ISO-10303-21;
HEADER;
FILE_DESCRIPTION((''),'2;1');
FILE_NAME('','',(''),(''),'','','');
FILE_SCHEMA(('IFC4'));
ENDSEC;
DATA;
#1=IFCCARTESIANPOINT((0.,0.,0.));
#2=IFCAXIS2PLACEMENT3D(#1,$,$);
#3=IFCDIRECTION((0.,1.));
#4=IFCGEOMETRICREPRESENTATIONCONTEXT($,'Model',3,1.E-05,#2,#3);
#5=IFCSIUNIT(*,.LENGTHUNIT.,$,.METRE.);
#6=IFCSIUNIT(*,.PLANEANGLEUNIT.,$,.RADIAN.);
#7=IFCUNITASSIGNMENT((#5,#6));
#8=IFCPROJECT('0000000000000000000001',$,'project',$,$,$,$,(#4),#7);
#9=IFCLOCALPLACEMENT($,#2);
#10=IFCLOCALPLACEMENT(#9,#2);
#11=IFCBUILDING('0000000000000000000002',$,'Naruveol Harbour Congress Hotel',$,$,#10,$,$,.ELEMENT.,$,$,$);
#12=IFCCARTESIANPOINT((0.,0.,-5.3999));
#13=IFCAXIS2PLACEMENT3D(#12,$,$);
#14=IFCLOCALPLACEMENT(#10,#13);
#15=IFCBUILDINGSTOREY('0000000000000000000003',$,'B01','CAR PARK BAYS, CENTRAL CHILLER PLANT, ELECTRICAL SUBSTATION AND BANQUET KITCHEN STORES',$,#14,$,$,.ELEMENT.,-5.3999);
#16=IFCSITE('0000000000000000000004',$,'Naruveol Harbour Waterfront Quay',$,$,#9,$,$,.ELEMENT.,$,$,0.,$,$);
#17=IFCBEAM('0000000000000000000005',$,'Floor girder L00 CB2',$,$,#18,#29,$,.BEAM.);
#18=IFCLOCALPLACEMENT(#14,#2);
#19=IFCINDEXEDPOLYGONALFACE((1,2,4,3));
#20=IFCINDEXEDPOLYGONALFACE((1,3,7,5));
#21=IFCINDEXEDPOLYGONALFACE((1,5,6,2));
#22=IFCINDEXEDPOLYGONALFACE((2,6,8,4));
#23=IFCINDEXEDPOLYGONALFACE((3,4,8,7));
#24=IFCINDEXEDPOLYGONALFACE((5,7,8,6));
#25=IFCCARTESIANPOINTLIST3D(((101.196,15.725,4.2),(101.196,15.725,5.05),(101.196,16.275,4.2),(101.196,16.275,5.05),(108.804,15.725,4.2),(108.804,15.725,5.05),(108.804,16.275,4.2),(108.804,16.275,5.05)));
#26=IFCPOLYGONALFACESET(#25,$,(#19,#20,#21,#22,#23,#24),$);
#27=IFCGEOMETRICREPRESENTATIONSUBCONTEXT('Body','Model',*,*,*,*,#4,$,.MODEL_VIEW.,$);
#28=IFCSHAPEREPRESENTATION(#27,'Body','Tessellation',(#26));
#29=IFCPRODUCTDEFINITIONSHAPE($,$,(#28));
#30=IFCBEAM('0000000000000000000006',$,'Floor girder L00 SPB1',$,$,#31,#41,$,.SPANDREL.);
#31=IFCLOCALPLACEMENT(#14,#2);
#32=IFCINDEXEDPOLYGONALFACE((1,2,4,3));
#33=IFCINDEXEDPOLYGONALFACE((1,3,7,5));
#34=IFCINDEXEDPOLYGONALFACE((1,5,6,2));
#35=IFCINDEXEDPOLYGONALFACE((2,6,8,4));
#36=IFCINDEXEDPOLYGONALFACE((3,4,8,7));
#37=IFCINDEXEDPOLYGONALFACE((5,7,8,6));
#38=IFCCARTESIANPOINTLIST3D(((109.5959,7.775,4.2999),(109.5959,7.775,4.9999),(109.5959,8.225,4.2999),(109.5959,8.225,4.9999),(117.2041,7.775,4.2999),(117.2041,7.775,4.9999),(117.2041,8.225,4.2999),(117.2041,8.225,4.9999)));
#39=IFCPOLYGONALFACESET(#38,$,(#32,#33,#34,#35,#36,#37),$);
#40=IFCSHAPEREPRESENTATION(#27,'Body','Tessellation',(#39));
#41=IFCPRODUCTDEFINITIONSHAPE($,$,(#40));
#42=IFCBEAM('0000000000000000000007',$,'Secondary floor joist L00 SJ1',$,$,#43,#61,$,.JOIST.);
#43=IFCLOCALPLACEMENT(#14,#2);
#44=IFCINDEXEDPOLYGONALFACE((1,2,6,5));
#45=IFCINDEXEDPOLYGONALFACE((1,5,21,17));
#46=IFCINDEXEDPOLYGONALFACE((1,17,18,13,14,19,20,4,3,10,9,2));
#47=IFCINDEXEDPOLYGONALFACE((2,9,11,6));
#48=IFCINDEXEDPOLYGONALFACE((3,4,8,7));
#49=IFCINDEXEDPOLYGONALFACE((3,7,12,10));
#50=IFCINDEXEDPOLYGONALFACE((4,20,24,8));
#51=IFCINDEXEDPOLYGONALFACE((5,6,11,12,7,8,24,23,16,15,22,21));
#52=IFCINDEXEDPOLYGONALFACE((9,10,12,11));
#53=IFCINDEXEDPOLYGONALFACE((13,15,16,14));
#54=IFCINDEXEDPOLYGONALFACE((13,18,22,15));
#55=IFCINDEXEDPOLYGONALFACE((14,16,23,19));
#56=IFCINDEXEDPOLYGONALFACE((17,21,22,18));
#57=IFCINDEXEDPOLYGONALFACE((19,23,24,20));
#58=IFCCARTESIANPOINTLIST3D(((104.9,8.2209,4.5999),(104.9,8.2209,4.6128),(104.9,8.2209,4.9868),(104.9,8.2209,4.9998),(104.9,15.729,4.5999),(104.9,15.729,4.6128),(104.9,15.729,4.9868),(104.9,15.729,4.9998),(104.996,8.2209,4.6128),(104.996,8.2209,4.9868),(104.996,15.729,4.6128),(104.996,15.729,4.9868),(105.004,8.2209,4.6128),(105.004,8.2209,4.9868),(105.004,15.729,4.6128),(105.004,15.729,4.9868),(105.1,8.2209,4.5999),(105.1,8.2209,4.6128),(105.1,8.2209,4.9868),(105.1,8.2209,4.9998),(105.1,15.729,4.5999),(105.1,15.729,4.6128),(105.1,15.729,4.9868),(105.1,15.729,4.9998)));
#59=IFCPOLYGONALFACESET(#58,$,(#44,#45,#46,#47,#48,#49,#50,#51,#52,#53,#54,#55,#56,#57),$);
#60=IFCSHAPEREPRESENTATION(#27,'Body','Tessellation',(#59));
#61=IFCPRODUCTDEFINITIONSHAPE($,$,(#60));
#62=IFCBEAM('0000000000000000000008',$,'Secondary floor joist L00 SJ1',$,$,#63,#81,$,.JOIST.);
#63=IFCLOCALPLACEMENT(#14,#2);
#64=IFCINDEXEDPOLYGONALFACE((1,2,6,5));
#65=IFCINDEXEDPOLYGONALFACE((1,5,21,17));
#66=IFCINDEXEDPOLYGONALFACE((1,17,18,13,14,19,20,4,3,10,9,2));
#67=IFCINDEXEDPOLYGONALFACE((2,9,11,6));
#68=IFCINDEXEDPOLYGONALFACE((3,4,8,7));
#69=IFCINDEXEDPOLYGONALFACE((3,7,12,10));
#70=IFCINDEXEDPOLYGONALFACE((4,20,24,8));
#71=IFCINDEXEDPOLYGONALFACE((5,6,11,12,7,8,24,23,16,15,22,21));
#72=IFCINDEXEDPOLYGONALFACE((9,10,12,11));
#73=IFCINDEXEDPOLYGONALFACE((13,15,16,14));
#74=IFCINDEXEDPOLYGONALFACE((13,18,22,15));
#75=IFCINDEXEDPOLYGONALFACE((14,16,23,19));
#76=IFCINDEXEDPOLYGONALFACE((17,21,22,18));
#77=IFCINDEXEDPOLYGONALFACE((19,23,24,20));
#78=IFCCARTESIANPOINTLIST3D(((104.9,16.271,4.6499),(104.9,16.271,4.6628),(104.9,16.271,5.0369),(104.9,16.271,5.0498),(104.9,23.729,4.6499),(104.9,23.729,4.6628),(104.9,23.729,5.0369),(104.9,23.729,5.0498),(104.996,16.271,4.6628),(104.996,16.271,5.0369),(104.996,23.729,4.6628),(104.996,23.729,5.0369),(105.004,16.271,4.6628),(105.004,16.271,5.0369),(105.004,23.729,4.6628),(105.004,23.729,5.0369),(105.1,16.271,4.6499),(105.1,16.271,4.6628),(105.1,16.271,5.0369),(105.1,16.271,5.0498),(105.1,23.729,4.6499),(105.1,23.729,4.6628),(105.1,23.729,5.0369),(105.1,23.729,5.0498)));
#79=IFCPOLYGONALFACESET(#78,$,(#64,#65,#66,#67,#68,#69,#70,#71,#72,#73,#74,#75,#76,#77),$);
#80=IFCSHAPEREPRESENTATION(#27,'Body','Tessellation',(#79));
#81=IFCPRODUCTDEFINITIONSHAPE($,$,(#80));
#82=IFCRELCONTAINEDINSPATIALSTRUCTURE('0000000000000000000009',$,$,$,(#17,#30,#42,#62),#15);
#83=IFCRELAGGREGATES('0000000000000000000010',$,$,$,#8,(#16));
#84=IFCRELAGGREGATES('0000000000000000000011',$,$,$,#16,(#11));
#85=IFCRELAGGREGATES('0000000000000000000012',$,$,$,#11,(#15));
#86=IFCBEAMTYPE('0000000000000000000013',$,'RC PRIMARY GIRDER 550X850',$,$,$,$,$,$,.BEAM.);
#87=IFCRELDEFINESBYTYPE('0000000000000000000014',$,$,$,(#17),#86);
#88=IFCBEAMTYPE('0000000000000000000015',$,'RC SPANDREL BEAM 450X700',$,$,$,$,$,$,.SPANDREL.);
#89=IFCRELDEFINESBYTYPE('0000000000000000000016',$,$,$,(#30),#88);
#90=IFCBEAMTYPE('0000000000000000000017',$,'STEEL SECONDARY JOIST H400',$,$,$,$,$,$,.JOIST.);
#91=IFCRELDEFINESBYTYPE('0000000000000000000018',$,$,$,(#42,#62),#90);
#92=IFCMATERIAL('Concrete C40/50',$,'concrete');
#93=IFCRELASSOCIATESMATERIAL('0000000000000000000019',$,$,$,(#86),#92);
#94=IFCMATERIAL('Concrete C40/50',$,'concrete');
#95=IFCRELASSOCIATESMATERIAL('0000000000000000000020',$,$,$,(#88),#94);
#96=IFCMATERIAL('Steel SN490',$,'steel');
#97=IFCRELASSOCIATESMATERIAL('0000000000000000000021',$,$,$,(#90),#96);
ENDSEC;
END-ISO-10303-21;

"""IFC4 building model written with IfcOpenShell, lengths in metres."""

from ifc_helpers import new_model, si_unit, direction, frame, origin, origin_2d, place, context, subcontext, project, spatial, rectangle, i_section, extrude, material, material_profile, profile_set, type_object, element, save


model = new_model("IFC4")

# Units and contexts
model_context = context("Model", 3, precision=1e-05, world=origin(), true_north=direction((0.0, 1.0)))
body_context = subcontext(model_context, "Body", "Model", "MODEL_VIEW")
ifc_project = project(units=[si_unit("LENGTHUNIT", "METRE"), si_unit("PLANEANGLEUNIT", "RADIAN")], contexts=[model_context])

# Site, building, storey
site_placement = place(None, origin())
site = spatial("IfcSite", under=ifc_project, at=site_placement, Name="Naruveol Harbour Waterfront Quay", CompositionType="ELEMENT", RefElevation=0.0)
building_placement = place(site_placement, origin())
building = spatial("IfcBuilding", under=site, at=building_placement, Name="Naruveol Harbour Congress Hotel", CompositionType="ELEMENT")
storey_placement = place(building_placement, frame((0.0, 0.0, -5.3999)))
storey = spatial("IfcBuildingStorey", under=building, at=storey_placement, Name="B01", Description="CAR PARK BAYS, CENTRAL CHILLER PLANT, ELECTRICAL SUBSTATION AND BANQUET KITCHEN STORES", CompositionType="ELEMENT", Elevation=-5.3999)

# Beams
ifc_material_1 = material(Name="Concrete C40/50", Category="concrete")
ifc_material_profile_1 = material_profile(ifc_material_1, rectangle(XDim=0.55, YDim=0.8501, at=origin_2d()), Name="RCB-550x850")
ifc_profile_set_1 = profile_set([ifc_material_profile_1], Name="Concrete C40/50")
beam_type_1 = type_object("IfcBeamType", Name="RC PRIMARY GIRDER 550X850", PredefinedType="BEAM", material=ifc_profile_set_1)
beam_1_placement = place(storey_placement, frame((101.196, 16.0, 4.625), z_axis=(1.0, 0.0, 0.0), x_axis=(0.0, 1.0, 0.0)))
element("IfcBeam", 1, at=beam_1_placement, inside=storey, type_object=beam_type_1, Name="Floor girder L00 CB2", PredefinedType="BEAM", context=body_context, shape_type="SweptSolid", body=[
    extrude(rectangle(XDim=0.55, YDim=0.8501, at=origin_2d()), origin(), (0.0, 0.0, 1.0), 7.6079),
])
ifc_material_2 = material(Name="Concrete C40/50", Category="concrete")
ifc_material_profile_2 = material_profile(ifc_material_2, rectangle(XDim=0.45, YDim=0.7, at=origin_2d()), Name="RCB-450x700")
ifc_profile_set_2 = profile_set([ifc_material_profile_2], Name="Concrete C40/50")
beam_type_2 = type_object("IfcBeamType", Name="RC SPANDREL BEAM 450X700", PredefinedType="SPANDREL", material=ifc_profile_set_2)
beam_2_placement = place(storey_placement, frame((109.5959, 8.0, 4.6499), z_axis=(1.0, 0.0, 0.0), x_axis=(0.0, 1.0, 0.0)))
element("IfcBeam", 2, at=beam_2_placement, inside=storey, type_object=beam_type_2, Name="Floor girder L00 SPB1", PredefinedType="SPANDREL", context=body_context, shape_type="SweptSolid", body=[
    extrude(rectangle(XDim=0.45, YDim=0.7, at=origin_2d()), origin(), (0.0, 0.0, 1.0), 7.6082),
])
ifc_material_3 = material(Name="Steel SN490", Category="steel")
ifc_material_profile_3 = material_profile(ifc_material_3, i_section(OverallWidth=0.2, OverallDepth=0.3999, WebThickness=0.0081, FlangeThickness=0.0129, at=origin_2d()), Name="H-400x200x8x13")
ifc_profile_set_3 = profile_set([ifc_material_profile_3], Name="Steel SN490")
beam_type_3 = type_object("IfcBeamType", Name="STEEL SECONDARY JOIST H400", PredefinedType="JOIST", material=ifc_profile_set_3)
beam_3_placement = place(storey_placement, frame((105.0, 8.2209, 4.7998), z_axis=(0.0, 1.0, 0.0), x_axis=(-1.0, 0.0, 0.0)))
element("IfcBeam", 3, at=beam_3_placement, inside=storey, type_object=beam_type_3, Name="Secondary floor joist L00 SJ1", PredefinedType="JOIST", context=body_context, shape_type="SweptSolid", body=[
    extrude(i_section(OverallWidth=0.2, OverallDepth=0.3999, WebThickness=0.0081, FlangeThickness=0.0129, at=origin_2d()), origin(), (0.0, 0.0, 1.0), 7.5081),
])
beam_4_placement = place(storey_placement, frame((105.0, 16.271, 4.8499), z_axis=(0.0, 1.0, 0.0), x_axis=(-1.0, 0.0, 0.0)))
element("IfcBeam", 4, at=beam_4_placement, inside=storey, type_object=beam_type_3, Name="Secondary floor joist L00 SJ1", PredefinedType="JOIST", context=body_context, shape_type="SweptSolid", body=[
    extrude(i_section(OverallWidth=0.2, OverallDepth=0.3999, WebThickness=0.0081, FlangeThickness=0.0129, at=origin_2d()), origin(), (0.0, 0.0, 1.0), 7.458),
])

save(model, "model.ifc")
